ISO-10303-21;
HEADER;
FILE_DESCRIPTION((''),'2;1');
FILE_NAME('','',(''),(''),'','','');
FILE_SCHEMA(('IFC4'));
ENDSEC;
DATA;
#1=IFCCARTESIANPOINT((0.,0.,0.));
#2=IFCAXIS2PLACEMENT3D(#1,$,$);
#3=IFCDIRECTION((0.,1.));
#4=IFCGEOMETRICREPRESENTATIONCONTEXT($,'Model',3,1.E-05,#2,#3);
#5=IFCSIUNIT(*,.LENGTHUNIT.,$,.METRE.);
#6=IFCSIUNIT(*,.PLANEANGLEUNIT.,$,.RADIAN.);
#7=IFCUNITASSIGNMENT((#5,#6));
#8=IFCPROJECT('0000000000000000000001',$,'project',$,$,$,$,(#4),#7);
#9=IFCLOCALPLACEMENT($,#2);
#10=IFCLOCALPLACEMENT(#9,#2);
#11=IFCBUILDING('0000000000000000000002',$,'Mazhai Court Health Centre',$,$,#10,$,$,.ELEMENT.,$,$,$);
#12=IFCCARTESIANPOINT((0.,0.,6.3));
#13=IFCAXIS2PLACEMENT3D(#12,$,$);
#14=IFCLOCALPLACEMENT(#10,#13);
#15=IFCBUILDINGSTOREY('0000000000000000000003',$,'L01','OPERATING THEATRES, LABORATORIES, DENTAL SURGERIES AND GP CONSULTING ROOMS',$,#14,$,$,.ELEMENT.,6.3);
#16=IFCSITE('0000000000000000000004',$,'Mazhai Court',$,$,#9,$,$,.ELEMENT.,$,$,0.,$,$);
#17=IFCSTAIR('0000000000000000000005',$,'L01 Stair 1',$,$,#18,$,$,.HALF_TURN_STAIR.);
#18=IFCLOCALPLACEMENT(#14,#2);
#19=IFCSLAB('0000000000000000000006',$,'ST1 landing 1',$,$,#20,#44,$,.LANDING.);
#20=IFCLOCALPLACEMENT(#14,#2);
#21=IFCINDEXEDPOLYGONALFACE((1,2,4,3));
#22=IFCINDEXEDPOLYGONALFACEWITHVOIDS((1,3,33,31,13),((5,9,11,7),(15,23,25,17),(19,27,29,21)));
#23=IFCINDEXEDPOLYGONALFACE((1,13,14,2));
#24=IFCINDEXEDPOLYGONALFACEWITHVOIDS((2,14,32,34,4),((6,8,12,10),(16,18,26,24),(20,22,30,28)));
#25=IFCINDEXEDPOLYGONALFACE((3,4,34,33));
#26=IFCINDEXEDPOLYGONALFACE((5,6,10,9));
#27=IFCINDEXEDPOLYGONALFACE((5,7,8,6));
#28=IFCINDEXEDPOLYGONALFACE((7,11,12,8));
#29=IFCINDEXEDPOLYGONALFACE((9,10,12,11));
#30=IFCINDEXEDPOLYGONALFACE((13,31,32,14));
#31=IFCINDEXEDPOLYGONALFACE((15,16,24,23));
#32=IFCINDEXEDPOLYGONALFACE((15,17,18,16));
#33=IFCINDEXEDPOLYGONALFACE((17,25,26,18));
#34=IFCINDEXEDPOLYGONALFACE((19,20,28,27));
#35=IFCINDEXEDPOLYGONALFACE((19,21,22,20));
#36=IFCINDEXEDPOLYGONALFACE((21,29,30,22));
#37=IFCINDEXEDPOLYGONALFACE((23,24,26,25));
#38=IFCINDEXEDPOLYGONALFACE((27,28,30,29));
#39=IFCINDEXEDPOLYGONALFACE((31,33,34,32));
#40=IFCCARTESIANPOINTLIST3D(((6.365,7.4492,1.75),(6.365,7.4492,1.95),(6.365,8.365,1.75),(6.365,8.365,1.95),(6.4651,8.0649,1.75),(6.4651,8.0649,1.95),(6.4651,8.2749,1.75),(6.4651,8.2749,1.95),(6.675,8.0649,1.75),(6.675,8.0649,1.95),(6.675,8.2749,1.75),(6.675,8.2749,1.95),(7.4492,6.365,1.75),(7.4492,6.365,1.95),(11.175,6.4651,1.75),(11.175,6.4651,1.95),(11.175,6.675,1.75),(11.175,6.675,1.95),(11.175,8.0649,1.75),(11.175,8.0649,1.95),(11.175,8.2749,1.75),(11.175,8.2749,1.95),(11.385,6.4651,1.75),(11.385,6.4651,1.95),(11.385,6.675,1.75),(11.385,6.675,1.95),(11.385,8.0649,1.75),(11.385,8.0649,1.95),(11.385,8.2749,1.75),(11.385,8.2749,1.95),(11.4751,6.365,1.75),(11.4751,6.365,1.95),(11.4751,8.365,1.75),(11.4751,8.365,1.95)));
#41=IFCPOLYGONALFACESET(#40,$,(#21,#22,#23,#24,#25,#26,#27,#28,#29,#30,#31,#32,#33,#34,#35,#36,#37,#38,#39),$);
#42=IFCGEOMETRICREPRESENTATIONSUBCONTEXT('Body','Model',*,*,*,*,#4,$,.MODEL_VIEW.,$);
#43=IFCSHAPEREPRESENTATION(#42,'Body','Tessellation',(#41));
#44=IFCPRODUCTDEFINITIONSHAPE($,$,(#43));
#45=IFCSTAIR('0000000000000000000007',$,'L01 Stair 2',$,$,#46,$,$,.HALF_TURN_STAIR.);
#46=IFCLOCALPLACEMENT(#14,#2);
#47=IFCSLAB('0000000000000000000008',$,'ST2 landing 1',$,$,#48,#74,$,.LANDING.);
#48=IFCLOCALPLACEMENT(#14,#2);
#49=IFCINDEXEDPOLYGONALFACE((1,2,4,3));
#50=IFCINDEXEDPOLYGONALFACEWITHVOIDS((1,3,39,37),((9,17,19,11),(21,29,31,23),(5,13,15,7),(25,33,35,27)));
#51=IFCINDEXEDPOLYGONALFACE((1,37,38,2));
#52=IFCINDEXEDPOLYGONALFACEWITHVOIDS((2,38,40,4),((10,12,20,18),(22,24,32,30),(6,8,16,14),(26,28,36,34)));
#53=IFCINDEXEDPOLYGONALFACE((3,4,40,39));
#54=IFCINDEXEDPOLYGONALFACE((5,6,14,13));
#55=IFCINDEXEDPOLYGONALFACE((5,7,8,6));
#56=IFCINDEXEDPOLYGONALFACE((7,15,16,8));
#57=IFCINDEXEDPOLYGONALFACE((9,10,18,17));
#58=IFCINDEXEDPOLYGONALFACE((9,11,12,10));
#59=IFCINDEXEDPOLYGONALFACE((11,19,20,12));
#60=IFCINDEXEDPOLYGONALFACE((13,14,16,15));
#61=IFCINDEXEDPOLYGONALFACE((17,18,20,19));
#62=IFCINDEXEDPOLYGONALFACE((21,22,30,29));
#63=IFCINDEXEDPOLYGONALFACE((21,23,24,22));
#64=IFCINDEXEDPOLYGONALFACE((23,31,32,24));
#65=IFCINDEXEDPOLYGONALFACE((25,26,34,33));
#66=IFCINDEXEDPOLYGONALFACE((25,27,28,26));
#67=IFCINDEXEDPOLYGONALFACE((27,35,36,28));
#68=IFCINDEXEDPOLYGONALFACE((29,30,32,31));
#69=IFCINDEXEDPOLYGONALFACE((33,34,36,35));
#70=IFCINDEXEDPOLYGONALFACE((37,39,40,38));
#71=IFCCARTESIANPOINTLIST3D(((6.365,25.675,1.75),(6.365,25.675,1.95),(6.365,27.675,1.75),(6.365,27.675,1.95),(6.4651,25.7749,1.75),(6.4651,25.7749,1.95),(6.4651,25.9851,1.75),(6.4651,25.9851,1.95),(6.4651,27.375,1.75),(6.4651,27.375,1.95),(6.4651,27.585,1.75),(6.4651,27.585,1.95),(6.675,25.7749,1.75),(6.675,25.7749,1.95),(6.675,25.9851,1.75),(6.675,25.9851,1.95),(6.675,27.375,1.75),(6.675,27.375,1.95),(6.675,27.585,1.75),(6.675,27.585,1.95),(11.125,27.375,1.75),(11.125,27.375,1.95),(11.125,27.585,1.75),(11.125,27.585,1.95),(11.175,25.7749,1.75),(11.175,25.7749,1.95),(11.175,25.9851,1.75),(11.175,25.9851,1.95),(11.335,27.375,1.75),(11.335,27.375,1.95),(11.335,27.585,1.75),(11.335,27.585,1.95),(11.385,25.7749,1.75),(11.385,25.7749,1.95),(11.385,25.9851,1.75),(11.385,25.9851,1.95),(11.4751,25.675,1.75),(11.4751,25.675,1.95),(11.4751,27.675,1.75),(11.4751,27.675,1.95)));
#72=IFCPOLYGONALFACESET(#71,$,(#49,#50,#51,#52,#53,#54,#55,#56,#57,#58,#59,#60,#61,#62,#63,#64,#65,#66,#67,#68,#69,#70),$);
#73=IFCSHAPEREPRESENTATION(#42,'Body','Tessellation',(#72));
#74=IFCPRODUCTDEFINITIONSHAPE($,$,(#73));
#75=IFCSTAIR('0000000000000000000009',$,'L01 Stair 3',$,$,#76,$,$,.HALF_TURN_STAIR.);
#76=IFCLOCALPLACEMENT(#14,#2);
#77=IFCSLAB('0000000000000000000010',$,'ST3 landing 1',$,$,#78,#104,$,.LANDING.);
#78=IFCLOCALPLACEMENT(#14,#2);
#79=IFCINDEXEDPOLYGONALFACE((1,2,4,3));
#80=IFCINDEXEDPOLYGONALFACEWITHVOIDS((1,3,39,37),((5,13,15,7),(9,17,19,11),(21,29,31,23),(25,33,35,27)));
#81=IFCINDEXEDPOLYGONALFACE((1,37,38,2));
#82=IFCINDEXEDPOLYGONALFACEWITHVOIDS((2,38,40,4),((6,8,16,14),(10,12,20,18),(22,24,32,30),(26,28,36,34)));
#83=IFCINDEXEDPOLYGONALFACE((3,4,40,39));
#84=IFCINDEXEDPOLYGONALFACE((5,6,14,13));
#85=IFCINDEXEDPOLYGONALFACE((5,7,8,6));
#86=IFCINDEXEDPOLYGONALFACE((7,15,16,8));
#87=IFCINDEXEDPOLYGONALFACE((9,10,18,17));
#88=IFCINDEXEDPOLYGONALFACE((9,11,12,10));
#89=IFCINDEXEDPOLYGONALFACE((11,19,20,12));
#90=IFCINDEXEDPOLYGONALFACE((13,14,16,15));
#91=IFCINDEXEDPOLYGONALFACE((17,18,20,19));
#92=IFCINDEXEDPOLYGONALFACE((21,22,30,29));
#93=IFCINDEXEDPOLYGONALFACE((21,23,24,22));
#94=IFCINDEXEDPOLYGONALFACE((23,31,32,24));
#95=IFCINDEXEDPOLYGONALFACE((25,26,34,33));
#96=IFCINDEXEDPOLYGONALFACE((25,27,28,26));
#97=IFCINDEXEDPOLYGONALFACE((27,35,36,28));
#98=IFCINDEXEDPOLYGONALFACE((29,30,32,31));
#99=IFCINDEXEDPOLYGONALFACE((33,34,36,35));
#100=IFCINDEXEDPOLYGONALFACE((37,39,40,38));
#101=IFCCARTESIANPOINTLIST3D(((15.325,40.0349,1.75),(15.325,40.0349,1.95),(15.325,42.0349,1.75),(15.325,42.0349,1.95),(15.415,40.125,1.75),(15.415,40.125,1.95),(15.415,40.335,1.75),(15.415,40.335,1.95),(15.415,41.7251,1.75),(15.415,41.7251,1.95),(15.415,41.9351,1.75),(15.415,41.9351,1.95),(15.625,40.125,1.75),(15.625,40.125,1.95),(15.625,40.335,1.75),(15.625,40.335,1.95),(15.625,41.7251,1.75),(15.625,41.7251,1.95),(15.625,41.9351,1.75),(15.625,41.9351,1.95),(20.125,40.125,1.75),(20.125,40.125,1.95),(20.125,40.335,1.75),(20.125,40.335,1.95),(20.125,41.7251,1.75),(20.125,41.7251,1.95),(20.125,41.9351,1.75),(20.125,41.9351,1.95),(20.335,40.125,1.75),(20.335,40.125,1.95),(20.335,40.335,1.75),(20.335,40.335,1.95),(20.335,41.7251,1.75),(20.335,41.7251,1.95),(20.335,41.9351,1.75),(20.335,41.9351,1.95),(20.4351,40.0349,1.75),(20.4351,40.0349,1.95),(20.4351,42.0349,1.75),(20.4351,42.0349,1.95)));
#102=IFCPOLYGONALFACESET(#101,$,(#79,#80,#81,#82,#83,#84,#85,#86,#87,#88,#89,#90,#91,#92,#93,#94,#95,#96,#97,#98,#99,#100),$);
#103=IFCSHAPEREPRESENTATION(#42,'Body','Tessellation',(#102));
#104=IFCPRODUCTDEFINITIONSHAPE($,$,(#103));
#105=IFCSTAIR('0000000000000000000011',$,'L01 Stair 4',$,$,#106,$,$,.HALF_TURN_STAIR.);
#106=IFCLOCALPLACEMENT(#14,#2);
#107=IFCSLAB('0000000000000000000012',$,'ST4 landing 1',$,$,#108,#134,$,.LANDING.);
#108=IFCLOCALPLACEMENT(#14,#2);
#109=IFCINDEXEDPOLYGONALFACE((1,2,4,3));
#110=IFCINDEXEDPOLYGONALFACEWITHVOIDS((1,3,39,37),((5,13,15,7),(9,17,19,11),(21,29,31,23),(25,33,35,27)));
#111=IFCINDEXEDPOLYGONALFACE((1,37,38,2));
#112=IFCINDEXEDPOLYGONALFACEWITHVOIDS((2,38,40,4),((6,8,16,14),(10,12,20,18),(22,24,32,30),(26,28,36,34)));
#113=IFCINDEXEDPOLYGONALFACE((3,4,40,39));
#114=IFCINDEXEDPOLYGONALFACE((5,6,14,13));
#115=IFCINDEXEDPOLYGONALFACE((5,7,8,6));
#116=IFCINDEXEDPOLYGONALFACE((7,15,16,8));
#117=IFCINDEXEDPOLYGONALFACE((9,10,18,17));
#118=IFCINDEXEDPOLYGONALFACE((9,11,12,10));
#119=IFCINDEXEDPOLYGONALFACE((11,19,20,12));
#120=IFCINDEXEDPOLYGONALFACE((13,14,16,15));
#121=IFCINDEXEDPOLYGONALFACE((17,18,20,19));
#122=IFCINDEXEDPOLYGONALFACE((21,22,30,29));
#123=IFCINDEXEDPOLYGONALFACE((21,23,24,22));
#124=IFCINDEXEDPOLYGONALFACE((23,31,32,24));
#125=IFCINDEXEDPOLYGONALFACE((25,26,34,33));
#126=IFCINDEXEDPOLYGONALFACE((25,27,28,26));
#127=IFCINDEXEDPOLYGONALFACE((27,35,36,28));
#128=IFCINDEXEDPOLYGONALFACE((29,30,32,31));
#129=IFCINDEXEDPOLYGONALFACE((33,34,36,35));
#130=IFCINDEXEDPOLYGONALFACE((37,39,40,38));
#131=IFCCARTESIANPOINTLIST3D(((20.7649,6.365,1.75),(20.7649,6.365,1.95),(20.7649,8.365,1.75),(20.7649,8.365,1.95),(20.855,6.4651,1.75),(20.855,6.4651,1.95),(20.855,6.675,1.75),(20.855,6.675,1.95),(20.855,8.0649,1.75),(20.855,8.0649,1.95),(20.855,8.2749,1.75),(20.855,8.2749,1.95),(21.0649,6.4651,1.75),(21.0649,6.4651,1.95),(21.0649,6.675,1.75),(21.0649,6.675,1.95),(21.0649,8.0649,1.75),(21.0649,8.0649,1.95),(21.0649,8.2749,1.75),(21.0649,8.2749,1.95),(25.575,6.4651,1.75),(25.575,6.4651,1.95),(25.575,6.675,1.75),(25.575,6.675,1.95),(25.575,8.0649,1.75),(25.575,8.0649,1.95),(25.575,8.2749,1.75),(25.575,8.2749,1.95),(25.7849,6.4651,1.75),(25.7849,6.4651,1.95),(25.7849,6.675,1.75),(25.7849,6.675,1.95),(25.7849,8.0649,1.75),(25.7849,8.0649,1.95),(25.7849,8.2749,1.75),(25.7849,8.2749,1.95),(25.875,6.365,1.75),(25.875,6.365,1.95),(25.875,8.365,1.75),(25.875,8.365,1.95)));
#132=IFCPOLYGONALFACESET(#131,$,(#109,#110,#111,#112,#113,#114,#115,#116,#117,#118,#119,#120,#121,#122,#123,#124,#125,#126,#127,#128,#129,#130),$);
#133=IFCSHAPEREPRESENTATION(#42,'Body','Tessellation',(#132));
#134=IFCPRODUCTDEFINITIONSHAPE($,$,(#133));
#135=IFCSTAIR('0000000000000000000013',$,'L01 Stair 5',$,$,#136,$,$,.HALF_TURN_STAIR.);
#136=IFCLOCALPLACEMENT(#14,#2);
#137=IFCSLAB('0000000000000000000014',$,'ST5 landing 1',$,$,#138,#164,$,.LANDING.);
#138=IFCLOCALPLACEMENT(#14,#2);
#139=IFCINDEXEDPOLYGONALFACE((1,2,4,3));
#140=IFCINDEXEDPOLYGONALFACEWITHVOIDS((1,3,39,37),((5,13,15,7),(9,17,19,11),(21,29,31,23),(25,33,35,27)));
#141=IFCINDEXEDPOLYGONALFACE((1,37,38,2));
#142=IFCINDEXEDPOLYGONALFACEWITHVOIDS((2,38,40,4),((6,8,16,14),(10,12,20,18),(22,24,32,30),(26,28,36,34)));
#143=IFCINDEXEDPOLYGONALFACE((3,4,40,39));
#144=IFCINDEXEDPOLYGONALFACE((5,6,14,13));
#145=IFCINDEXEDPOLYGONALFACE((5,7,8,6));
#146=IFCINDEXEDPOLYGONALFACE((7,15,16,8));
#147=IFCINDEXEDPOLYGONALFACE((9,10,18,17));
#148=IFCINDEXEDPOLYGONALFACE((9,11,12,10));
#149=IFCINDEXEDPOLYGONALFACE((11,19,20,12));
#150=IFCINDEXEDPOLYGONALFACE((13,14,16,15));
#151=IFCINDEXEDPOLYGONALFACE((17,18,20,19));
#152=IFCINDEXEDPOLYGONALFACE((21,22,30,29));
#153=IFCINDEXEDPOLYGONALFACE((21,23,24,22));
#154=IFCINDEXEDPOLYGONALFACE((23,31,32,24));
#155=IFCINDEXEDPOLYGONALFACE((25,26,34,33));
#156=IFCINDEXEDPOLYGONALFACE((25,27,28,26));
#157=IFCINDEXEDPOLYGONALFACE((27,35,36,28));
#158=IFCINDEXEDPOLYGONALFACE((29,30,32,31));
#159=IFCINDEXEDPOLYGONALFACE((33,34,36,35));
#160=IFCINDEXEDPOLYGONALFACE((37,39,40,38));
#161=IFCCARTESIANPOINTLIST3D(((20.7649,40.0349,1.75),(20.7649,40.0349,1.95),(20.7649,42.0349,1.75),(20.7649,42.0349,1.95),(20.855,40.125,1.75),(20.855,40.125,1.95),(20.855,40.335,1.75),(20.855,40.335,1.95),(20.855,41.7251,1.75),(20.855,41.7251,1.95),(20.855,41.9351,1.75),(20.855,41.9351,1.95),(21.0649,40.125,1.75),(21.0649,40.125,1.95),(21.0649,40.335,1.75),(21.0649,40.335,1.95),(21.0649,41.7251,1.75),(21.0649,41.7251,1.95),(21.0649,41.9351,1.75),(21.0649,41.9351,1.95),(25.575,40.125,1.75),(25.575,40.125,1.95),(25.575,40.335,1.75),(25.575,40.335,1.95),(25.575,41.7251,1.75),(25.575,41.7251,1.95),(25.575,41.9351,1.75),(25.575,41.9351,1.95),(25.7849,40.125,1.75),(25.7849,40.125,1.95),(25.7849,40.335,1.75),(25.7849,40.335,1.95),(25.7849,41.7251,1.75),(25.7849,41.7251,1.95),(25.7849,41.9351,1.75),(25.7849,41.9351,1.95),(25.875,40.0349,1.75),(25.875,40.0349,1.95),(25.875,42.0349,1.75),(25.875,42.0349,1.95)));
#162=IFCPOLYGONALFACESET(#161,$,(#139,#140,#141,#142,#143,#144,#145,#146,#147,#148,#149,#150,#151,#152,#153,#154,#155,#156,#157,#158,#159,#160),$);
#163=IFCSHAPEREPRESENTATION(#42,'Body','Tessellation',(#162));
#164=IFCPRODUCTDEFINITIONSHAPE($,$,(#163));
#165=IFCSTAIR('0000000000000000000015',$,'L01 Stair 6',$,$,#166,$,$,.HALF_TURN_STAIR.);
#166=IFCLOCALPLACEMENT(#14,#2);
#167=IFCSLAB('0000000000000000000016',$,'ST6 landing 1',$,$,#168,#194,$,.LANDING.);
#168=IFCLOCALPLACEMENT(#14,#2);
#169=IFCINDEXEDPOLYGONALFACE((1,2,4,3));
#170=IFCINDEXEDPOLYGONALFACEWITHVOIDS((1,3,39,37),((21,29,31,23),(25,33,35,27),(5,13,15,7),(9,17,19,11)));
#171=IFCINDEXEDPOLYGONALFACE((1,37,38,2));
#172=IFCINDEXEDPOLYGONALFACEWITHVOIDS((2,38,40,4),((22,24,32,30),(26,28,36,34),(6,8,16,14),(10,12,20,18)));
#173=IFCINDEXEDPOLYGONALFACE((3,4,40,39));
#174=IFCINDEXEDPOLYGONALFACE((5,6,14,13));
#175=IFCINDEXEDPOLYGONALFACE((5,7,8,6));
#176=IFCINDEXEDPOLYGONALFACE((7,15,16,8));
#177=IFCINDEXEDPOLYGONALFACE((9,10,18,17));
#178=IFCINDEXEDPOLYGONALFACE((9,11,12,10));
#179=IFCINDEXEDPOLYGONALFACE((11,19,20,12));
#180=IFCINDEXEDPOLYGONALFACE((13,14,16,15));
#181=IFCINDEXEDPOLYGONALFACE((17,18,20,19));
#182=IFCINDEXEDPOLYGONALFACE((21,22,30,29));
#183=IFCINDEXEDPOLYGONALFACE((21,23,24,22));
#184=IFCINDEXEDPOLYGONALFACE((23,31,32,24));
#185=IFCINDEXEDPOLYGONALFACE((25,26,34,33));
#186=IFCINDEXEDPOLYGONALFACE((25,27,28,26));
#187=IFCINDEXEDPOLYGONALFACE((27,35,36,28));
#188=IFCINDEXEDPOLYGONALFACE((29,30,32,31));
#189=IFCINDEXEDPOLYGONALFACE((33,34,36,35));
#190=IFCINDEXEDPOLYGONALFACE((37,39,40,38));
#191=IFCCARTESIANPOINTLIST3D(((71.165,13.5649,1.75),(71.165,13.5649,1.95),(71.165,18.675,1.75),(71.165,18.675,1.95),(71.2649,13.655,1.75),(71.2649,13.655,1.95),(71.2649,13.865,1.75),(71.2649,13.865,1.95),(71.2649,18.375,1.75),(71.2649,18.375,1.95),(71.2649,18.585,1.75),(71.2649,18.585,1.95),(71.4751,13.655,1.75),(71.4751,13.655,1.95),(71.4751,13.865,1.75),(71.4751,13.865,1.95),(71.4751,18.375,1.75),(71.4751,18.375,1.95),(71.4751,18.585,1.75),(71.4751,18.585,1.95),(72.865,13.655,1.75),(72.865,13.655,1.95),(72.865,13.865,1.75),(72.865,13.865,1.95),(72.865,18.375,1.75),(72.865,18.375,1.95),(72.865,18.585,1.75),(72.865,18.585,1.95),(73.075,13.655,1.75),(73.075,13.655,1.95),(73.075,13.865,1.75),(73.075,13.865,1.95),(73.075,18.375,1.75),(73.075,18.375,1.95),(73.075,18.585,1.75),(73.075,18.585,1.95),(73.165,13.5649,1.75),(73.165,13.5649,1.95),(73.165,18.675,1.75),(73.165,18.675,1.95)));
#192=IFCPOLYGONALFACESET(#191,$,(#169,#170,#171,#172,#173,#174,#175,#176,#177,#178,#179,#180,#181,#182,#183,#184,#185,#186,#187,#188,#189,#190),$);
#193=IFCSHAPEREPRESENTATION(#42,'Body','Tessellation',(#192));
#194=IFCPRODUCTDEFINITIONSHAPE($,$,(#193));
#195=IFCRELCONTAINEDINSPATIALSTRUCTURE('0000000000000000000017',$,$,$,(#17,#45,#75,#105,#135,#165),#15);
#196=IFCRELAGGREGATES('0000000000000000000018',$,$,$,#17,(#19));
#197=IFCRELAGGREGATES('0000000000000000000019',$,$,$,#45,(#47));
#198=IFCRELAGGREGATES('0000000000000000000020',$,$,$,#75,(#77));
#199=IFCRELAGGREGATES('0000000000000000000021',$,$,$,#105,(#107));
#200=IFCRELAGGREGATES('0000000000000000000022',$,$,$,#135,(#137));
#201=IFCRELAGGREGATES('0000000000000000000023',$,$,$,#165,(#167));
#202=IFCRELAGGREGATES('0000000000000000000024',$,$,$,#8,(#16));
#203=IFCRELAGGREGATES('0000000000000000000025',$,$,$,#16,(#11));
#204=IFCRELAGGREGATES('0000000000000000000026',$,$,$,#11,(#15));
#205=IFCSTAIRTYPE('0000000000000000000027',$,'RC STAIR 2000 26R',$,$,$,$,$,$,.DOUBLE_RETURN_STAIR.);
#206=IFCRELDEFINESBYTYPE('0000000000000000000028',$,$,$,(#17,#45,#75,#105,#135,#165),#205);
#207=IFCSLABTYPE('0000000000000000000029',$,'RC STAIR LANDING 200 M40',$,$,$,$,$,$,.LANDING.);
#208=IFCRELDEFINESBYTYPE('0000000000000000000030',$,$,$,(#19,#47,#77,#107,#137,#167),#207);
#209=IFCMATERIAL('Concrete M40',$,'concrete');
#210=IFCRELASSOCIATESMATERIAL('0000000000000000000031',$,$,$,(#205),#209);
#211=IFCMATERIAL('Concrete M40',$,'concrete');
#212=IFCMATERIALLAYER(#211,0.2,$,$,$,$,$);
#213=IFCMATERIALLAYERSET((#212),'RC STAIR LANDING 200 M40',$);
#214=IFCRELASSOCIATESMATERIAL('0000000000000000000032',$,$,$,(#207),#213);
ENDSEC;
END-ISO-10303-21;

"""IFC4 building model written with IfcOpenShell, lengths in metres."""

from ifc_helpers import new_model, si_unit, direction, frame, origin, place, context, subcontext, project, spatial, polyline, outline, extrude, material, layer, layer_set, type_object, element, aggregate, save


model = new_model("IFC4")

# Units and contexts
model_context = context("Model", 3, precision=1e-05, world=origin(), true_north=direction((0.0, 1.0)))
body_context = subcontext(model_context, "Body", "Model", "MODEL_VIEW")
ifc_project = project(units=[si_unit("LENGTHUNIT", "METRE"), si_unit("PLANEANGLEUNIT", "RADIAN")], contexts=[model_context])

# Site, building, storey
site_placement = place(None, origin())
site = spatial("IfcSite", under=ifc_project, at=site_placement, Name="Mazhai Court", CompositionType="ELEMENT", RefElevation=0.0)
building_placement = place(site_placement, origin())
building = spatial("IfcBuilding", under=site, at=building_placement, Name="Mazhai Court Health Centre", CompositionType="ELEMENT")
storey_placement = place(building_placement, frame((0.0, 0.0, 6.3)))
storey = spatial("IfcBuildingStorey", under=building, at=storey_placement, Name="L01", Description="OPERATING THEATRES, LABORATORIES, DENTAL SURGERIES AND GP CONSULTING ROOMS", CompositionType="ELEMENT", Elevation=6.3)

# Stairs, slabs
ifc_material_1 = material(Name="Concrete M40", Category="concrete")
stair_type = type_object("IfcStairType", Name="RC STAIR 2000 26R", PredefinedType="DOUBLE_RETURN_STAIR", material=ifc_material_1)
stair_1_placement = place(storey_placement, origin())
stair_1 = element("IfcStair", 1, at=stair_1_placement, inside=storey, type_object=stair_type, Name="L01 Stair 1", PredefinedType="HALF_TURN_STAIR")
ifc_material_2 = material(Name="Concrete M40", Category="concrete")
ifc_layer_1 = layer(ifc_material_2, 0.2)
ifc_layer_set_1 = layer_set([ifc_layer_1], Name="RC STAIR LANDING 200 M40")
slab_type = type_object("IfcSlabType", Name="RC STAIR LANDING 200 M40", PredefinedType="LANDING", material=ifc_layer_set_1)
slab_1_placement = place(storey_placement, frame((0.0, 0.0, 1.75)))
slab_1 = element("IfcSlab", 2, at=slab_1_placement, type_object=slab_type, Name="ST1 landing 1", PredefinedType="LANDING", context=body_context, shape_type="SweptSolid", body=[
    extrude(outline(polyline([(6.365, 8.365), (11.4751, 8.365), (11.4751, 6.365), (7.4492, 6.365), (6.365, 7.4492), (6.365, 8.365)]), holes=[polyline([(11.175, 6.4651), (11.385, 6.4651), (11.385, 6.675), (11.175, 6.675), (11.175, 6.4651)]), polyline([(6.4651, 8.0649), (6.675, 8.0649), (6.675, 8.2749), (6.4651, 8.2749), (6.4651, 8.0649)]), polyline([(11.175, 8.0649), (11.385, 8.0649), (11.385, 8.2749), (11.175, 8.2749), (11.175, 8.0649)])]), origin(), (0.0, 0.0, 1.0), 0.2),
])
aggregate(stair_1, [slab_1])
stair_2_placement = place(storey_placement, origin())
stair_2 = element("IfcStair", 3, at=stair_2_placement, inside=storey, type_object=stair_type, Name="L01 Stair 2", PredefinedType="HALF_TURN_STAIR")
slab_2_placement = place(storey_placement, frame((0.0, 0.0, 1.75)))
slab_2 = element("IfcSlab", 4, at=slab_2_placement, type_object=slab_type, Name="ST2 landing 1", PredefinedType="LANDING", context=body_context, shape_type="SweptSolid", body=[
    extrude(outline(polyline([(11.4751, 25.675), (11.4751, 27.675), (6.365, 27.675), (6.365, 25.675), (11.4751, 25.675)]), holes=[polyline([(6.4651, 27.375), (6.675, 27.375), (6.675, 27.585), (6.4651, 27.585), (6.4651, 27.375)]), polyline([(11.125, 27.375), (11.335, 27.375), (11.335, 27.585), (11.125, 27.585), (11.125, 27.375)]), polyline([(6.4651, 25.7749), (6.675, 25.7749), (6.675, 25.9851), (6.4651, 25.9851), (6.4651, 25.7749)]), polyline([(11.175, 25.7749), (11.385, 25.7749), (11.385, 25.9851), (11.175, 25.9851), (11.175, 25.7749)])]), origin(), (0.0, 0.0, 1.0), 0.2),
])
aggregate(stair_2, [slab_2])
stair_3_placement = place(storey_placement, origin())
stair_3 = element("IfcStair", 5, at=stair_3_placement, inside=storey, type_object=stair_type, Name="L01 Stair 3", PredefinedType="HALF_TURN_STAIR")
slab_3_placement = place(storey_placement, frame((0.0, 0.0, 1.75)))
slab_3 = element("IfcSlab", 6, at=slab_3_placement, type_object=slab_type, Name="ST3 landing 1", PredefinedType="LANDING", context=body_context, shape_type="SweptSolid", body=[
    extrude(outline(polyline([(20.4351, 40.0349), (20.4351, 42.0349), (15.325, 42.0349), (15.325, 40.0349), (20.4351, 40.0349)]), holes=[polyline([(15.415, 41.7251), (15.625, 41.7251), (15.625, 41.9351), (15.415, 41.9351), (15.415, 41.7251)]), polyline([(20.125, 41.7251), (20.335, 41.7251), (20.335, 41.9351), (20.125, 41.9351), (20.125, 41.7251)]), polyline([(15.415, 40.125), (15.625, 40.125), (15.625, 40.335), (15.415, 40.335), (15.415, 40.125)]), polyline([(20.125, 40.125), (20.335, 40.125), (20.335, 40.335), (20.125, 40.335), (20.125, 40.125)])]), origin(), (0.0, 0.0, 1.0), 0.2),
])
aggregate(stair_3, [slab_3])
stair_4_placement = place(storey_placement, origin())
stair_4 = element("IfcStair", 7, at=stair_4_placement, inside=storey, type_object=stair_type, Name="L01 Stair 4", PredefinedType="HALF_TURN_STAIR")
slab_4_placement = place(storey_placement, frame((0.0, 0.0, 1.75)))
slab_4 = element("IfcSlab", 8, at=slab_4_placement, type_object=slab_type, Name="ST4 landing 1", PredefinedType="LANDING", context=body_context, shape_type="SweptSolid", body=[
    extrude(outline(polyline([(20.7649, 8.365), (20.7649, 6.365), (25.875, 6.365), (25.875, 8.365), (20.7649, 8.365)]), holes=[polyline([(20.855, 6.4651), (21.0649, 6.4651), (21.0649, 6.675), (20.855, 6.675), (20.855, 6.4651)]), polyline([(25.575, 6.4651), (25.7849, 6.4651), (25.7849, 6.675), (25.575, 6.675), (25.575, 6.4651)]), polyline([(20.855, 8.0649), (21.0649, 8.0649), (21.0649, 8.2749), (20.855, 8.2749), (20.855, 8.0649)]), polyline([(25.575, 8.0649), (25.7849, 8.0649), (25.7849, 8.2749), (25.575, 8.2749), (25.575, 8.0649)])]), origin(), (0.0, 0.0, 1.0), 0.2),
])
aggregate(stair_4, [slab_4])
stair_5_placement = place(storey_placement, origin())
stair_5 = element("IfcStair", 9, at=stair_5_placement, inside=storey, type_object=stair_type, Name="L01 Stair 5", PredefinedType="HALF_TURN_STAIR")
slab_5_placement = place(storey_placement, frame((0.0, 0.0, 1.75)))
slab_5 = element("IfcSlab", 10, at=slab_5_placement, type_object=slab_type, Name="ST5 landing 1", PredefinedType="LANDING", context=body_context, shape_type="SweptSolid", body=[
    extrude(outline(polyline([(25.875, 40.0349), (25.875, 42.0349), (20.7649, 42.0349), (20.7649, 40.0349), (25.875, 40.0349)]), holes=[polyline([(20.855, 41.7251), (21.0649, 41.7251), (21.0649, 41.9351), (20.855, 41.9351), (20.855, 41.7251)]), polyline([(25.575, 41.7251), (25.7849, 41.7251), (25.7849, 41.9351), (25.575, 41.9351), (25.575, 41.7251)]), polyline([(20.855, 40.125), (21.0649, 40.125), (21.0649, 40.335), (20.855, 40.335), (20.855, 40.125)]), polyline([(25.575, 40.125), (25.7849, 40.125), (25.7849, 40.335), (25.575, 40.335), (25.575, 40.125)])]), origin(), (0.0, 0.0, 1.0), 0.2),
])
aggregate(stair_5, [slab_5])
stair_6_placement = place(storey_placement, origin())
stair_6 = element("IfcStair", 11, at=stair_6_placement, inside=storey, type_object=stair_type, Name="L01 Stair 6", PredefinedType="HALF_TURN_STAIR")
slab_6_placement = place(storey_placement, frame((0.0, 0.0, 1.75)))
slab_6 = element("IfcSlab", 12, at=slab_6_placement, type_object=slab_type, Name="ST6 landing 1", PredefinedType="LANDING", context=body_context, shape_type="SweptSolid", body=[
    extrude(outline(polyline([(73.165, 18.675), (71.165, 18.675), (71.165, 13.5649), (73.165, 13.5649), (73.165, 18.675)]), holes=[polyline([(71.2649, 13.655), (71.4751, 13.655), (71.4751, 13.865), (71.2649, 13.865), (71.2649, 13.655)]), polyline([(71.2649, 18.375), (71.4751, 18.375), (71.4751, 18.585), (71.2649, 18.585), (71.2649, 18.375)]), polyline([(72.865, 13.655), (73.075, 13.655), (73.075, 13.865), (72.865, 13.865), (72.865, 13.655)]), polyline([(72.865, 18.375), (73.075, 18.375), (73.075, 18.585), (72.865, 18.585), (72.865, 18.375)])]), origin(), (0.0, 0.0, 1.0), 0.2),
])
aggregate(stair_6, [slab_6])

save(model, "model.ifc")
